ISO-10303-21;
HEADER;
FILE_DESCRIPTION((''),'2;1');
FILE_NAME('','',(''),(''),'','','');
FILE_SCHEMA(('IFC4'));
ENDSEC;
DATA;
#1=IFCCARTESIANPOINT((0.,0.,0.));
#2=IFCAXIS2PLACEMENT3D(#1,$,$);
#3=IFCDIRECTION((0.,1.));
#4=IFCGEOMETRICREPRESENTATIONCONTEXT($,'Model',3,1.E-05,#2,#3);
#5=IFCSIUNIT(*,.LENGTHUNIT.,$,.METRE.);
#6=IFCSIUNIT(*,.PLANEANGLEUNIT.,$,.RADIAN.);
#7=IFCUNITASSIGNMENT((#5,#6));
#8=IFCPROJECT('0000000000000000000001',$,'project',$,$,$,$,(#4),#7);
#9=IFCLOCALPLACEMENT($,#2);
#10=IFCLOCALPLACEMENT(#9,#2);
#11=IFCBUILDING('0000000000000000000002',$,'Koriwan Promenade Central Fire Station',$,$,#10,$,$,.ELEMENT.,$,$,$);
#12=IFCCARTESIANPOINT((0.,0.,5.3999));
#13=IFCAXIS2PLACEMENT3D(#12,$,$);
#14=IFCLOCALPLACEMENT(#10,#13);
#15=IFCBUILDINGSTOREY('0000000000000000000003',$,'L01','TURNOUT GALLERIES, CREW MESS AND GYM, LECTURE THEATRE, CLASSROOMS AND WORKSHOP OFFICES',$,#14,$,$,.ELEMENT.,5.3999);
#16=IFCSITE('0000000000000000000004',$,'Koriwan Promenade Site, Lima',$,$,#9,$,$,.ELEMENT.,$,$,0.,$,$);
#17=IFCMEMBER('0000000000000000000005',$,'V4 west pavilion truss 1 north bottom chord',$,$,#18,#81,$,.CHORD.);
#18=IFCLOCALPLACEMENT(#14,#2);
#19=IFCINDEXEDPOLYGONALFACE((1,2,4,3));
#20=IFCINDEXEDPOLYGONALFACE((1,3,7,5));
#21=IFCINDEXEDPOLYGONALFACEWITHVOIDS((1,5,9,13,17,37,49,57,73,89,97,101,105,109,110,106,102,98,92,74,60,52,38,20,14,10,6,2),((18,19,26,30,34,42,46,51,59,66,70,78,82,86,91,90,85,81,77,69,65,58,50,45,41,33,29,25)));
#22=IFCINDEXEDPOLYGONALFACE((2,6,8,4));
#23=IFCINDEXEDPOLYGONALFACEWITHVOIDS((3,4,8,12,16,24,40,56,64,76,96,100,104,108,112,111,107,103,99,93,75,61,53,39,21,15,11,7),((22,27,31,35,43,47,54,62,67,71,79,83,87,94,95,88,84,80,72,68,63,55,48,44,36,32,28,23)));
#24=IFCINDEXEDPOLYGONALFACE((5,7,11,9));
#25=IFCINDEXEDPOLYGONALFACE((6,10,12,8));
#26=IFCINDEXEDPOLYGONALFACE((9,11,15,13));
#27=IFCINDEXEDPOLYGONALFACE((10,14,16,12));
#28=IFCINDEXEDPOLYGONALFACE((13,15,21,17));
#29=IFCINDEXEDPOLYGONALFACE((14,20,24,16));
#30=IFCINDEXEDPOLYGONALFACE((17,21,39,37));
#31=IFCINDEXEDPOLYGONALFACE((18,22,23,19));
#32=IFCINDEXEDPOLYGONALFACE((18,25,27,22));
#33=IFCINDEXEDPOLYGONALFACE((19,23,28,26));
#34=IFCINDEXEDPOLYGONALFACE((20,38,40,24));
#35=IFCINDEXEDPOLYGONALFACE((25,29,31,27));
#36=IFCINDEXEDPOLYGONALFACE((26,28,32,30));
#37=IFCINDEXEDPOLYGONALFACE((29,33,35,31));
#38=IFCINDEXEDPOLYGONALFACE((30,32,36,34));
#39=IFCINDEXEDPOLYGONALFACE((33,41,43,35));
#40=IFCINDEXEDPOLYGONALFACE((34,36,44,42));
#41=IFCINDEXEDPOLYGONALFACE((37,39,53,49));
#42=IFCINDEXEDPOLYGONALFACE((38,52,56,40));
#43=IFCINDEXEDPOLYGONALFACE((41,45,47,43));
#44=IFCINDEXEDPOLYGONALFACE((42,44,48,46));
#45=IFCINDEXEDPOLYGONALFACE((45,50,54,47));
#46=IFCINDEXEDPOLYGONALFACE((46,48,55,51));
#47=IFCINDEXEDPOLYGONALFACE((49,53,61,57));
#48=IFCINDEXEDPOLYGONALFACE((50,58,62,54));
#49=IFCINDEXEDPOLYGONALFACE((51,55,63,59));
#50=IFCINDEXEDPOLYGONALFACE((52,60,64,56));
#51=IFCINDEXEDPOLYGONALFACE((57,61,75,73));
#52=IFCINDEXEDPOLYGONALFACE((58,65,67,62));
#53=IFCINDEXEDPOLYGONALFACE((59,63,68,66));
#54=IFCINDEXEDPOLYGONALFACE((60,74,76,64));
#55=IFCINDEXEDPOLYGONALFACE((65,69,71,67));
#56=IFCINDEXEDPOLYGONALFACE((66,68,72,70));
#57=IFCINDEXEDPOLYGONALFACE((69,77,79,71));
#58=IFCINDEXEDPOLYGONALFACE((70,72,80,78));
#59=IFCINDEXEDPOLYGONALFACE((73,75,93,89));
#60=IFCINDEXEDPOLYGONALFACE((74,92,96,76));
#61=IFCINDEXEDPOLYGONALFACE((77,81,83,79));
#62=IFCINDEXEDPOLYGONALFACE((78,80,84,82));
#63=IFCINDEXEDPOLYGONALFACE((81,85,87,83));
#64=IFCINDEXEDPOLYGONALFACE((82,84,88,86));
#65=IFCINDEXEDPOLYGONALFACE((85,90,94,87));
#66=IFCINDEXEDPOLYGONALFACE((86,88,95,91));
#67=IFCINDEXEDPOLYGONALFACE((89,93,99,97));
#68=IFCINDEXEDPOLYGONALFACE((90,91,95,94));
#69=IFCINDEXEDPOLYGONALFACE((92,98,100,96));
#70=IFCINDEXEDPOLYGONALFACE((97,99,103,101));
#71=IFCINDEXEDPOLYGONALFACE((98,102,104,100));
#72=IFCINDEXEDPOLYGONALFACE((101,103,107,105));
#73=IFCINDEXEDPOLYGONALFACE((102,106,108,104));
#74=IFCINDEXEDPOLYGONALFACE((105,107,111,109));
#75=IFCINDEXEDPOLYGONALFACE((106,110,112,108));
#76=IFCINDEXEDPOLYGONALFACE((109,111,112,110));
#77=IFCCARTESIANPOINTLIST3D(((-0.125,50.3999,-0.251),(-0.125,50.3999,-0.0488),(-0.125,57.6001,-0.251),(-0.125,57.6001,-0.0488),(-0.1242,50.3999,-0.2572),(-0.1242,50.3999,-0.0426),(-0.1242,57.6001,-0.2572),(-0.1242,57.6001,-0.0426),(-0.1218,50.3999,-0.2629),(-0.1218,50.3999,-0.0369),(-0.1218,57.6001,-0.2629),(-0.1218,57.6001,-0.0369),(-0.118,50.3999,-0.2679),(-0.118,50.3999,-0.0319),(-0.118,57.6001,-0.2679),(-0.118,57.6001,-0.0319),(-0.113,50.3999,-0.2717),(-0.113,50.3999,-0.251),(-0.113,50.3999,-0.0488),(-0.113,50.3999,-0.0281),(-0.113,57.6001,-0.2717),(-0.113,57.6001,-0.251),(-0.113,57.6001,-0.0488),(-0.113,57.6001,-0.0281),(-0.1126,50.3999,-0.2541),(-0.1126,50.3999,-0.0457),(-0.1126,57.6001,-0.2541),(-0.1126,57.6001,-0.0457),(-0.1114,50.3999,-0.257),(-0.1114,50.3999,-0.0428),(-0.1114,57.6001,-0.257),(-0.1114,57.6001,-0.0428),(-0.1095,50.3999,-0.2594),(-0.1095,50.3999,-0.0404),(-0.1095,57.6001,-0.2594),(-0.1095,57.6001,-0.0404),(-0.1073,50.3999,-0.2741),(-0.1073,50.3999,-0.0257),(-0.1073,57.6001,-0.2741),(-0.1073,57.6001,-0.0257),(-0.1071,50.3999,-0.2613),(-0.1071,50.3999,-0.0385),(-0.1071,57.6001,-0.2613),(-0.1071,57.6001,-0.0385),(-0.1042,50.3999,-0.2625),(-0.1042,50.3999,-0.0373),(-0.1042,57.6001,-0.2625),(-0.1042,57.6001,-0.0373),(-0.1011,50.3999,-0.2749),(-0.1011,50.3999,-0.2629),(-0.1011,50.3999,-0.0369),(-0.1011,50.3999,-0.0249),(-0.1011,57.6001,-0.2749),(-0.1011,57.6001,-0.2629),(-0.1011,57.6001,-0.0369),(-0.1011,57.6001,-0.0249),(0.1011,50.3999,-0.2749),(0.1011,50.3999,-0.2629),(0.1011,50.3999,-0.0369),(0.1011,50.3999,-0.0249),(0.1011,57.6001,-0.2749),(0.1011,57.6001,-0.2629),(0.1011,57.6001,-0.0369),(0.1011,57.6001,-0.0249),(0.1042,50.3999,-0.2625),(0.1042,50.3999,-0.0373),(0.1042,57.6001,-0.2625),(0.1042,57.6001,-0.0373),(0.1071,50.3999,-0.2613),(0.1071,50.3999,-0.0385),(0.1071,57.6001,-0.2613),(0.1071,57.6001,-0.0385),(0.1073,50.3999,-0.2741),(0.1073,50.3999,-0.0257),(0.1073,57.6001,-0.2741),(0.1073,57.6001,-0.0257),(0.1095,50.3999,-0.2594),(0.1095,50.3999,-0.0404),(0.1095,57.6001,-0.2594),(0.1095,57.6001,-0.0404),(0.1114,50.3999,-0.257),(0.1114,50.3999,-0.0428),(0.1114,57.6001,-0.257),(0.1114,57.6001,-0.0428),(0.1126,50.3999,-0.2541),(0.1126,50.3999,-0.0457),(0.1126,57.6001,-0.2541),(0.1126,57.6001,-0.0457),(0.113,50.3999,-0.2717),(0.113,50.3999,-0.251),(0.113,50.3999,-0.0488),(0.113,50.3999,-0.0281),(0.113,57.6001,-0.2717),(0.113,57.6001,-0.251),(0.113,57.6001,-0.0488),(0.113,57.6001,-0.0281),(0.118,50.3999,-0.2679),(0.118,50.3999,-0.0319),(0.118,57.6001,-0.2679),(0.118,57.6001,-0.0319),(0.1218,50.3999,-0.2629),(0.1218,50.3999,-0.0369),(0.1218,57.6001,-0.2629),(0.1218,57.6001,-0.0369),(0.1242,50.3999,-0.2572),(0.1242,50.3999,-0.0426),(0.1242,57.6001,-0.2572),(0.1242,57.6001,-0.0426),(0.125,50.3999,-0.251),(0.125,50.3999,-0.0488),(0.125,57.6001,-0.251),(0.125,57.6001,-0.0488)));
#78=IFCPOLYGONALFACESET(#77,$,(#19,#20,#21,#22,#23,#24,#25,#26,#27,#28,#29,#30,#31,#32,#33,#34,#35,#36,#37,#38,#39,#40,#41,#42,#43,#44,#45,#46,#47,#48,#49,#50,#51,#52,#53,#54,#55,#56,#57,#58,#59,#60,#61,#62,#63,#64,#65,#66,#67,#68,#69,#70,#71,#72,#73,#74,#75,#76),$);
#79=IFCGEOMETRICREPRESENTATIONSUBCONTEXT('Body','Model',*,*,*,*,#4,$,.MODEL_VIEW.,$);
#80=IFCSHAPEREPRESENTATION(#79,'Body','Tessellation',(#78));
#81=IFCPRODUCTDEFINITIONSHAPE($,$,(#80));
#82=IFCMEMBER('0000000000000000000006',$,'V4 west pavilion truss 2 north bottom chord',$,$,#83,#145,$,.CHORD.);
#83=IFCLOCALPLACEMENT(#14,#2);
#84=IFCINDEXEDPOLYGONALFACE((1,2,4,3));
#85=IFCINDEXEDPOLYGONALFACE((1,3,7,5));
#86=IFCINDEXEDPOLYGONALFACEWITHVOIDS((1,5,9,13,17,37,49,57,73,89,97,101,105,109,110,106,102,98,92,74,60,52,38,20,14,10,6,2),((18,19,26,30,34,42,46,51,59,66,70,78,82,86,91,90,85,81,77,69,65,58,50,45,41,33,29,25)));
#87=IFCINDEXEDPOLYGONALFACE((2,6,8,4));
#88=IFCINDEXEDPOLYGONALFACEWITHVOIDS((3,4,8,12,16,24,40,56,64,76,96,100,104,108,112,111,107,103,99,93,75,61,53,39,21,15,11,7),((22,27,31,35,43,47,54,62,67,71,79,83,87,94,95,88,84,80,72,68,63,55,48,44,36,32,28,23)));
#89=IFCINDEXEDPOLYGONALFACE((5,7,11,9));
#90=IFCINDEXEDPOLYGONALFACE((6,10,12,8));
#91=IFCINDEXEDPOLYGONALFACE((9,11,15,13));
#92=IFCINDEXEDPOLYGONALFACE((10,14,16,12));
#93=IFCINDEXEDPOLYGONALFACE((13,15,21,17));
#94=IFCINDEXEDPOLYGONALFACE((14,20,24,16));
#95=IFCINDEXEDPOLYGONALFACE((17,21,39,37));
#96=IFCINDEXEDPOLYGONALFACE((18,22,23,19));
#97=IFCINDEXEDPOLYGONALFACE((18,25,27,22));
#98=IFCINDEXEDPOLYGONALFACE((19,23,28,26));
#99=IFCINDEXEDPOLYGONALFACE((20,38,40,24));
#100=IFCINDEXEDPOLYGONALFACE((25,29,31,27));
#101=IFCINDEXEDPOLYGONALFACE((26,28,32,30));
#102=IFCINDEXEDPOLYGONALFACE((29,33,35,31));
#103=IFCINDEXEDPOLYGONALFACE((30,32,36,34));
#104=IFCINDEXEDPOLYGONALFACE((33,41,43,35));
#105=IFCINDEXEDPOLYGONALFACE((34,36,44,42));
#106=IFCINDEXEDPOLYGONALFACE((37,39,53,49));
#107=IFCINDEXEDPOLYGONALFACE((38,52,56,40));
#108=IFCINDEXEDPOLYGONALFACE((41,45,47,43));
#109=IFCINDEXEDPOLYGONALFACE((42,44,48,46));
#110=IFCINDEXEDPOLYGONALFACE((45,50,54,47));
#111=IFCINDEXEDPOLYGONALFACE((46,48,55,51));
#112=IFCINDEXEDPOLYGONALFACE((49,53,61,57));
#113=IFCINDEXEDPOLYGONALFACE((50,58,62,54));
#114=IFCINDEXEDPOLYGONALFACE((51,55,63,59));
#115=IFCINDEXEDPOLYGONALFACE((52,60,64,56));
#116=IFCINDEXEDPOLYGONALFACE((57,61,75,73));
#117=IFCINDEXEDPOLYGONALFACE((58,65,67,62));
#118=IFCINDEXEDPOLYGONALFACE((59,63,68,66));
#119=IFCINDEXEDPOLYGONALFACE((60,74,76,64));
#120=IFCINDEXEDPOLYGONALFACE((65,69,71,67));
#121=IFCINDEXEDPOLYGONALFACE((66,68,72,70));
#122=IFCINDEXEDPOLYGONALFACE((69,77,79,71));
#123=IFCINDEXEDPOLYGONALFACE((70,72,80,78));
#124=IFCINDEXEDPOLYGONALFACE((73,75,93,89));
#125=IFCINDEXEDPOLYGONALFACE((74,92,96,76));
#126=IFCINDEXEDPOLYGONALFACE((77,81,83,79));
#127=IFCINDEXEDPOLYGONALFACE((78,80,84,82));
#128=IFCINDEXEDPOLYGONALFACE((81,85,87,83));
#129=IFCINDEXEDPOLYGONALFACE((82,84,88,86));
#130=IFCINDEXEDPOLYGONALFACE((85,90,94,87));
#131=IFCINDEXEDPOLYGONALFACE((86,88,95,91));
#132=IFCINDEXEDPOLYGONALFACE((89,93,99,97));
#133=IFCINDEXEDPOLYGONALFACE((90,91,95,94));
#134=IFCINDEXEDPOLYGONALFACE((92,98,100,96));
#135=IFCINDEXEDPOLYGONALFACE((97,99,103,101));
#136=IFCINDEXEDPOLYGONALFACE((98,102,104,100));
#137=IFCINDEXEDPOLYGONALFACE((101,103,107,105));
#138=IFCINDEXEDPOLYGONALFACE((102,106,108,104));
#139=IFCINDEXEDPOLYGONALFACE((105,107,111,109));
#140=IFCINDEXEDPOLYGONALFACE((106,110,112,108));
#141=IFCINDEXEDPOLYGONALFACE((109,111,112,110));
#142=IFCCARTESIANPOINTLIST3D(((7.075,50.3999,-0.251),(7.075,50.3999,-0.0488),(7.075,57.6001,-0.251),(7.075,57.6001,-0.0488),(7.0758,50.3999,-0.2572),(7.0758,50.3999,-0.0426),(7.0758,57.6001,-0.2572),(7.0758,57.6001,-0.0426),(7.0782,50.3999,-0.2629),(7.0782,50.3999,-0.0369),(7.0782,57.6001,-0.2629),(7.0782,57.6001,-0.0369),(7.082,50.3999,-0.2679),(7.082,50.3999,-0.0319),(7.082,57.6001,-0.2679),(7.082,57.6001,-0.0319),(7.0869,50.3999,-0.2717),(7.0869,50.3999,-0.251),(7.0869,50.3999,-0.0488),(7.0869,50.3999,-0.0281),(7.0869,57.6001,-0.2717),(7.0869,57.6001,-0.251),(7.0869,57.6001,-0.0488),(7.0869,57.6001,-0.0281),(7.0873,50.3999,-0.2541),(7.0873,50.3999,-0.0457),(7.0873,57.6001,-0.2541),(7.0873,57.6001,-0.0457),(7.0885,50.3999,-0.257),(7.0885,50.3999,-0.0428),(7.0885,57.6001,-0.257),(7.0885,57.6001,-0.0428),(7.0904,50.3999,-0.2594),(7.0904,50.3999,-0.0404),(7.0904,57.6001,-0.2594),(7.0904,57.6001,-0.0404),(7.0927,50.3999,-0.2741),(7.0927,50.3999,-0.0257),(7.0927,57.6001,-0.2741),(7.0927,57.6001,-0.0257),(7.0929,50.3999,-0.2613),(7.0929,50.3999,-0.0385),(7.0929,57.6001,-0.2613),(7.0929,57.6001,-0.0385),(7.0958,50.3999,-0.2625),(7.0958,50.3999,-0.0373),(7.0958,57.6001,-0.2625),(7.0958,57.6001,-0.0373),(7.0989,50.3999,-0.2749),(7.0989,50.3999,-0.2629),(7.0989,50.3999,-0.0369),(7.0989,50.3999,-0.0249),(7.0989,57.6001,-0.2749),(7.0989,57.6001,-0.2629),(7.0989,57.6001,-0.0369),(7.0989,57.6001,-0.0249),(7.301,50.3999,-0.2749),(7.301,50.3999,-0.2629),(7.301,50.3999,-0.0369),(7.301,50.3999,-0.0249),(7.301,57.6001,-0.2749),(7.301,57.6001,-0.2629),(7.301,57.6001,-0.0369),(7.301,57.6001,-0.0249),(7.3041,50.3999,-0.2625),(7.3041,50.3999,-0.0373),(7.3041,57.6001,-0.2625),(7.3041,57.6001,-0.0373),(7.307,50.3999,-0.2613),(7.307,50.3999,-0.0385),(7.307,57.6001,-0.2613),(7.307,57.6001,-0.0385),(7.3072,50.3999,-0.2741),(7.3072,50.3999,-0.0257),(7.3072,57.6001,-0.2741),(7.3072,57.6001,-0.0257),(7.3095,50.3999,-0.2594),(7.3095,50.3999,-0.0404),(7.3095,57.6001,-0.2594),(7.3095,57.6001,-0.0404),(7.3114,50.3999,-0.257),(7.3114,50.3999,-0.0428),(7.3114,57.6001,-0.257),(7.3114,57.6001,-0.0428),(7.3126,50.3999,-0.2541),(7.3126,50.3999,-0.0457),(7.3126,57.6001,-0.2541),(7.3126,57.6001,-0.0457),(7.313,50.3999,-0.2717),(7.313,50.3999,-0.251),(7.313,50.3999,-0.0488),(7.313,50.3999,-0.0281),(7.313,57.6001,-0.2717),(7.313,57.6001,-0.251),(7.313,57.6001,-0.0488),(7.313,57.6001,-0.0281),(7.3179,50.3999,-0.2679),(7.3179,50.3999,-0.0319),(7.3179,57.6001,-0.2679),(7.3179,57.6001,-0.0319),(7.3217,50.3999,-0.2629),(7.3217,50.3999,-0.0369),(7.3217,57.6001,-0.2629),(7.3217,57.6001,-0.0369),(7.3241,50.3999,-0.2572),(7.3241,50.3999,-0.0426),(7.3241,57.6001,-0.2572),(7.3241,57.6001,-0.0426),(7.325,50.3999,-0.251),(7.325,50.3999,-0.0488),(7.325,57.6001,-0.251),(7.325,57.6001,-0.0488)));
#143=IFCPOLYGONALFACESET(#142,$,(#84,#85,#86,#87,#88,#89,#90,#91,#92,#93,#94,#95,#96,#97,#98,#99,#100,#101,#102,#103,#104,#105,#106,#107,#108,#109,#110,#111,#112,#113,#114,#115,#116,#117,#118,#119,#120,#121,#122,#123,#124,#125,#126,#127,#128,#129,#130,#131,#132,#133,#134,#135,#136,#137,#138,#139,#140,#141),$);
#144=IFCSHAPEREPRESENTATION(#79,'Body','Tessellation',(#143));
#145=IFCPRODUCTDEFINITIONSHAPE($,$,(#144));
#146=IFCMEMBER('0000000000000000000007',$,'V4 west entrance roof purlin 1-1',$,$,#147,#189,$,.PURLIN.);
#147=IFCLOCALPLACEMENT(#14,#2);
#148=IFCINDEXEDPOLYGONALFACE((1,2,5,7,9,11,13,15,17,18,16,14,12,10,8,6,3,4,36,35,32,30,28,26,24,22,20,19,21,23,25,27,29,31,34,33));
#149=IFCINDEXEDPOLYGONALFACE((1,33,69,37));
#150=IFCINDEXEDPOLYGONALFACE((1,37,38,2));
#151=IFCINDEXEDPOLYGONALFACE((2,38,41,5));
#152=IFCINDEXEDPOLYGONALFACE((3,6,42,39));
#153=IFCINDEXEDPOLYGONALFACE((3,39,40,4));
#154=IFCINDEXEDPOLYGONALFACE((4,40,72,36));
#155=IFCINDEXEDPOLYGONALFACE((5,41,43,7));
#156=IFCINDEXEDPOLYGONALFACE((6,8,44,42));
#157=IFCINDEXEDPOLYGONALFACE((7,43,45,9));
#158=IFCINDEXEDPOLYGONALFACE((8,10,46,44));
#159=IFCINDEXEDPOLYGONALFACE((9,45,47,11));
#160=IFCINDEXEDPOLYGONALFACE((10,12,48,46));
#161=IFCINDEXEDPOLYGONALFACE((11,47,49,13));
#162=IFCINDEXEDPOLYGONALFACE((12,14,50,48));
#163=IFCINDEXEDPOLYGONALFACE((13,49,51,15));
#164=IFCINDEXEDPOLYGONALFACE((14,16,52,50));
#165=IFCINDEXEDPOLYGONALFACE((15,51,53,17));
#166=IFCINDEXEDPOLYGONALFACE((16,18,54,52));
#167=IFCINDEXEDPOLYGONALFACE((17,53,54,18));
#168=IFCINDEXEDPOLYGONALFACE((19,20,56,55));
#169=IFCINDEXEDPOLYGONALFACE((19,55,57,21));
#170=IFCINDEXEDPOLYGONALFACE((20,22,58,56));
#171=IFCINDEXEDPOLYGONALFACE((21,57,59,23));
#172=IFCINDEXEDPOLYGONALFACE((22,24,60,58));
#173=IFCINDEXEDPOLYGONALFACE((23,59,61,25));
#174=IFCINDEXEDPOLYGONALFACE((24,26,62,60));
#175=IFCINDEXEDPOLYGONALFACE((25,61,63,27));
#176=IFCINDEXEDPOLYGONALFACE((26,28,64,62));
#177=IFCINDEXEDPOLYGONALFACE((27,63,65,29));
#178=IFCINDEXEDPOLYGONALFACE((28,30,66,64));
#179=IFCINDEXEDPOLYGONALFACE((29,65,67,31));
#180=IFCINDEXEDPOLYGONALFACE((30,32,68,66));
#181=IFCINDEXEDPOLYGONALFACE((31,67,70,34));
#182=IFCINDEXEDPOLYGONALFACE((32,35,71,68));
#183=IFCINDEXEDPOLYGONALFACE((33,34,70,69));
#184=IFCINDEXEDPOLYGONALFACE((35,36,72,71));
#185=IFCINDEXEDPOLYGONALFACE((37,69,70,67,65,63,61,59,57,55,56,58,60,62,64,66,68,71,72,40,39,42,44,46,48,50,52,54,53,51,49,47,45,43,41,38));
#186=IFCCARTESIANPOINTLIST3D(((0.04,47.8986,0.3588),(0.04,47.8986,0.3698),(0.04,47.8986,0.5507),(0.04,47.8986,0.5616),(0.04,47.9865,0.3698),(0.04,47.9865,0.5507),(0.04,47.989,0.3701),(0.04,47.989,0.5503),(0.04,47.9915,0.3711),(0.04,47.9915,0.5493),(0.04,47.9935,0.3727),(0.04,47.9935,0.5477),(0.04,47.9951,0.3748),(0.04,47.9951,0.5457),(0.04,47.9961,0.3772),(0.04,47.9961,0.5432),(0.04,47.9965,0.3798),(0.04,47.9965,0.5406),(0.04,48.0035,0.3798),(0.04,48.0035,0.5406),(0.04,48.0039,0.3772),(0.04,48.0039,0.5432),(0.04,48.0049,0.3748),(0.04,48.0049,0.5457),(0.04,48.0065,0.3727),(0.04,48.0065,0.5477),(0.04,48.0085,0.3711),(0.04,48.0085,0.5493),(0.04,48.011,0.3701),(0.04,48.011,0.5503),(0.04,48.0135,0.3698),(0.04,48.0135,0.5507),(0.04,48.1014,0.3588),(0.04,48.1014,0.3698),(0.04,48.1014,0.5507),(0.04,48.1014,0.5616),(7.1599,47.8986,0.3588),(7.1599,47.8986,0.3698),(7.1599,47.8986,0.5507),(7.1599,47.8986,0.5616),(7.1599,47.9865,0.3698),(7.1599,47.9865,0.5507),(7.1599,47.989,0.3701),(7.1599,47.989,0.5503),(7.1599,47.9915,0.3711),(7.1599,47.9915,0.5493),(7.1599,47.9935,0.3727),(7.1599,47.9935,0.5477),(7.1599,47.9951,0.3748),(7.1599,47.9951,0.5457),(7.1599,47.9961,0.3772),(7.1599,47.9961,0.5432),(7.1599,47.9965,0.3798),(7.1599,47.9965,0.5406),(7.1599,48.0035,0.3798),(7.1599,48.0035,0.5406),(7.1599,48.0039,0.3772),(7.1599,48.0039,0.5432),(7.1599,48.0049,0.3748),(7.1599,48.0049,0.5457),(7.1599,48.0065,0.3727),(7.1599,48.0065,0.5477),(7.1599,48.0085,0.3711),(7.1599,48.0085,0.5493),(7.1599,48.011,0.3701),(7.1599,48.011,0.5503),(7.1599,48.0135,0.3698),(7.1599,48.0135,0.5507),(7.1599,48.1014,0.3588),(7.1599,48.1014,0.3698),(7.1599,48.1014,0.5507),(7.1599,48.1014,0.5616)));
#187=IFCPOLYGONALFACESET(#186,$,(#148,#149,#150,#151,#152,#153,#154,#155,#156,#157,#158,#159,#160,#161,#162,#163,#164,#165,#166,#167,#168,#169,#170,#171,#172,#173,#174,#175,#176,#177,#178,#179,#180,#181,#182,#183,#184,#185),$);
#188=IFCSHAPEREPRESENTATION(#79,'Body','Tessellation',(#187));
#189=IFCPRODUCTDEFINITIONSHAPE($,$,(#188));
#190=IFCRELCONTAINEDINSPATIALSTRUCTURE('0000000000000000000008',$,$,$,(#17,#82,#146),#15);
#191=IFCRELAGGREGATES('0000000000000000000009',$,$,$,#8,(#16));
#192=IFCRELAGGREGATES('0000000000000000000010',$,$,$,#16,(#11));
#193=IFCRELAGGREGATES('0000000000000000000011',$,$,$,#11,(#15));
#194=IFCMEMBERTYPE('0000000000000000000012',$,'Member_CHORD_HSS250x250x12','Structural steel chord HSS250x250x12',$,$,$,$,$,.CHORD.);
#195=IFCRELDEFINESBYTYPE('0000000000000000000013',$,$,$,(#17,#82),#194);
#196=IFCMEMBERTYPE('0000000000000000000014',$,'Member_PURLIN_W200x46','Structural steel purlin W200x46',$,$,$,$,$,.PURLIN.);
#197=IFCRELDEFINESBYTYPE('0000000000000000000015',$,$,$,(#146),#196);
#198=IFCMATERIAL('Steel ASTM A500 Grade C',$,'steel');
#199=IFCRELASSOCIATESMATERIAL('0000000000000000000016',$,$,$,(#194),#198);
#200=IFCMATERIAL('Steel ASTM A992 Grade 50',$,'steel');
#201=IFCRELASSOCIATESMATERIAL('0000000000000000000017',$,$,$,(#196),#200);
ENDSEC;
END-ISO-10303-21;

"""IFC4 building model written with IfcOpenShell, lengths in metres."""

from ifc_helpers import new_model, si_unit, direction, frame, origin, origin_2d, place, context, subcontext, project, spatial, hollow_rectangle, i_section, extrude, material, material_profile, profile_set, type_object, element, save


model = new_model("IFC4")

# Units and contexts
model_context = context("Model", 3, precision=1e-05, world=origin(), true_north=direction((0.0, 1.0)))
body_context = subcontext(model_context, "Body", "Model", "MODEL_VIEW")
ifc_project = project(units=[si_unit("LENGTHUNIT", "METRE"), si_unit("PLANEANGLEUNIT", "RADIAN")], contexts=[model_context])

# Site, building, storey
site_placement = place(None, origin())
site = spatial("IfcSite", under=ifc_project, at=site_placement, Name="Koriwan Promenade Site, Lima", CompositionType="ELEMENT", RefElevation=0.0)
building_placement = place(site_placement, origin())
building = spatial("IfcBuilding", under=site, at=building_placement, Name="Koriwan Promenade Central Fire Station", CompositionType="ELEMENT")
storey_placement = place(building_placement, frame((0.0, 0.0, 5.3999)))
storey = spatial("IfcBuildingStorey", under=building, at=storey_placement, Name="L01", Description="TURNOUT GALLERIES, CREW MESS AND GYM, LECTURE THEATRE, CLASSROOMS AND WORKSHOP OFFICES", CompositionType="ELEMENT", Elevation=5.3999)

# Members
ifc_material_1 = material(Name="Steel ASTM A500 Grade C", Category="steel")
ifc_material_profile_1 = material_profile(ifc_material_1, hollow_rectangle(XDim=0.25, YDim=0.25, WallThickness=0.012, InnerFilletRadius=0.012, OuterFilletRadius=0.0239, at=origin_2d()), Name="HSS250x250x12")
ifc_profile_set_1 = profile_set([ifc_material_profile_1], Name="Steel ASTM A500 Grade C")
member_type_1 = type_object("IfcMemberType", Name="Member_CHORD_HSS250x250x12", Description="Structural steel chord HSS250x250x12", PredefinedType="CHORD", material=ifc_profile_set_1)
for number, where, z_axis, x_axis, name in (
    (1, (0.0, 50.3999, -0.1499), (0.0, 1.0, 0.0), (-1.0, 0.0, 0.0), "V4 west pavilion truss 1 north bottom chord"),
    (2, (7.2, 50.3999, -0.1499), (0.0, 1.0, 0.0), (-1.0, 0.0, 0.0), "V4 west pavilion truss 2 north bottom chord"),
):
    element("IfcMember", number, at=place(storey_placement, frame(where, z_axis=z_axis, x_axis=x_axis)), inside=storey, type_object=member_type_1, Name=name, PredefinedType="CHORD", context=body_context, shape_type="SweptSolid", body=[
        extrude(hollow_rectangle(XDim=0.25, YDim=0.25, WallThickness=0.012, InnerFilletRadius=0.012, OuterFilletRadius=0.0239, at=origin_2d()), origin(), (0.0, 0.0, 1.0), 7.2002),
    ])
ifc_material_2 = material(Name="Steel ASTM A992 Grade 50", Category="steel")
ifc_material_profile_2 = material_profile(ifc_material_2, i_section(OverallWidth=0.2029, OverallDepth=0.2029, WebThickness=0.0071, FlangeThickness=0.011, FilletRadius=0.01, at=origin_2d()), Name="W200x46")
ifc_profile_set_2 = profile_set([ifc_material_profile_2], Name="Steel ASTM A992 Grade 50")
member_type_2 = type_object("IfcMemberType", Name="Member_PURLIN_W200x46", Description="Structural steel purlin W200x46", PredefinedType="PURLIN", material=ifc_profile_set_2)
for number, where, z_axis, x_axis, name in (
    (3, (0.04, 48.0, 0.4602), (1.0, 0.0, 0.0), (0.0, 1.0, 0.0), "V4 west entrance roof purlin 1-1"),
):
    element("IfcMember", number, at=place(storey_placement, frame(where, z_axis=z_axis, x_axis=x_axis)), inside=storey, type_object=member_type_2, Name=name, PredefinedType="PURLIN", context=body_context, shape_type="SweptSolid", body=[
        extrude(i_section(OverallWidth=0.2029, OverallDepth=0.2029, WebThickness=0.0071, FlangeThickness=0.011, FilletRadius=0.01, at=origin_2d()), origin(), (0.0, 0.0, 1.0), 7.1199),
    ])

save(model, "model.ifc")
